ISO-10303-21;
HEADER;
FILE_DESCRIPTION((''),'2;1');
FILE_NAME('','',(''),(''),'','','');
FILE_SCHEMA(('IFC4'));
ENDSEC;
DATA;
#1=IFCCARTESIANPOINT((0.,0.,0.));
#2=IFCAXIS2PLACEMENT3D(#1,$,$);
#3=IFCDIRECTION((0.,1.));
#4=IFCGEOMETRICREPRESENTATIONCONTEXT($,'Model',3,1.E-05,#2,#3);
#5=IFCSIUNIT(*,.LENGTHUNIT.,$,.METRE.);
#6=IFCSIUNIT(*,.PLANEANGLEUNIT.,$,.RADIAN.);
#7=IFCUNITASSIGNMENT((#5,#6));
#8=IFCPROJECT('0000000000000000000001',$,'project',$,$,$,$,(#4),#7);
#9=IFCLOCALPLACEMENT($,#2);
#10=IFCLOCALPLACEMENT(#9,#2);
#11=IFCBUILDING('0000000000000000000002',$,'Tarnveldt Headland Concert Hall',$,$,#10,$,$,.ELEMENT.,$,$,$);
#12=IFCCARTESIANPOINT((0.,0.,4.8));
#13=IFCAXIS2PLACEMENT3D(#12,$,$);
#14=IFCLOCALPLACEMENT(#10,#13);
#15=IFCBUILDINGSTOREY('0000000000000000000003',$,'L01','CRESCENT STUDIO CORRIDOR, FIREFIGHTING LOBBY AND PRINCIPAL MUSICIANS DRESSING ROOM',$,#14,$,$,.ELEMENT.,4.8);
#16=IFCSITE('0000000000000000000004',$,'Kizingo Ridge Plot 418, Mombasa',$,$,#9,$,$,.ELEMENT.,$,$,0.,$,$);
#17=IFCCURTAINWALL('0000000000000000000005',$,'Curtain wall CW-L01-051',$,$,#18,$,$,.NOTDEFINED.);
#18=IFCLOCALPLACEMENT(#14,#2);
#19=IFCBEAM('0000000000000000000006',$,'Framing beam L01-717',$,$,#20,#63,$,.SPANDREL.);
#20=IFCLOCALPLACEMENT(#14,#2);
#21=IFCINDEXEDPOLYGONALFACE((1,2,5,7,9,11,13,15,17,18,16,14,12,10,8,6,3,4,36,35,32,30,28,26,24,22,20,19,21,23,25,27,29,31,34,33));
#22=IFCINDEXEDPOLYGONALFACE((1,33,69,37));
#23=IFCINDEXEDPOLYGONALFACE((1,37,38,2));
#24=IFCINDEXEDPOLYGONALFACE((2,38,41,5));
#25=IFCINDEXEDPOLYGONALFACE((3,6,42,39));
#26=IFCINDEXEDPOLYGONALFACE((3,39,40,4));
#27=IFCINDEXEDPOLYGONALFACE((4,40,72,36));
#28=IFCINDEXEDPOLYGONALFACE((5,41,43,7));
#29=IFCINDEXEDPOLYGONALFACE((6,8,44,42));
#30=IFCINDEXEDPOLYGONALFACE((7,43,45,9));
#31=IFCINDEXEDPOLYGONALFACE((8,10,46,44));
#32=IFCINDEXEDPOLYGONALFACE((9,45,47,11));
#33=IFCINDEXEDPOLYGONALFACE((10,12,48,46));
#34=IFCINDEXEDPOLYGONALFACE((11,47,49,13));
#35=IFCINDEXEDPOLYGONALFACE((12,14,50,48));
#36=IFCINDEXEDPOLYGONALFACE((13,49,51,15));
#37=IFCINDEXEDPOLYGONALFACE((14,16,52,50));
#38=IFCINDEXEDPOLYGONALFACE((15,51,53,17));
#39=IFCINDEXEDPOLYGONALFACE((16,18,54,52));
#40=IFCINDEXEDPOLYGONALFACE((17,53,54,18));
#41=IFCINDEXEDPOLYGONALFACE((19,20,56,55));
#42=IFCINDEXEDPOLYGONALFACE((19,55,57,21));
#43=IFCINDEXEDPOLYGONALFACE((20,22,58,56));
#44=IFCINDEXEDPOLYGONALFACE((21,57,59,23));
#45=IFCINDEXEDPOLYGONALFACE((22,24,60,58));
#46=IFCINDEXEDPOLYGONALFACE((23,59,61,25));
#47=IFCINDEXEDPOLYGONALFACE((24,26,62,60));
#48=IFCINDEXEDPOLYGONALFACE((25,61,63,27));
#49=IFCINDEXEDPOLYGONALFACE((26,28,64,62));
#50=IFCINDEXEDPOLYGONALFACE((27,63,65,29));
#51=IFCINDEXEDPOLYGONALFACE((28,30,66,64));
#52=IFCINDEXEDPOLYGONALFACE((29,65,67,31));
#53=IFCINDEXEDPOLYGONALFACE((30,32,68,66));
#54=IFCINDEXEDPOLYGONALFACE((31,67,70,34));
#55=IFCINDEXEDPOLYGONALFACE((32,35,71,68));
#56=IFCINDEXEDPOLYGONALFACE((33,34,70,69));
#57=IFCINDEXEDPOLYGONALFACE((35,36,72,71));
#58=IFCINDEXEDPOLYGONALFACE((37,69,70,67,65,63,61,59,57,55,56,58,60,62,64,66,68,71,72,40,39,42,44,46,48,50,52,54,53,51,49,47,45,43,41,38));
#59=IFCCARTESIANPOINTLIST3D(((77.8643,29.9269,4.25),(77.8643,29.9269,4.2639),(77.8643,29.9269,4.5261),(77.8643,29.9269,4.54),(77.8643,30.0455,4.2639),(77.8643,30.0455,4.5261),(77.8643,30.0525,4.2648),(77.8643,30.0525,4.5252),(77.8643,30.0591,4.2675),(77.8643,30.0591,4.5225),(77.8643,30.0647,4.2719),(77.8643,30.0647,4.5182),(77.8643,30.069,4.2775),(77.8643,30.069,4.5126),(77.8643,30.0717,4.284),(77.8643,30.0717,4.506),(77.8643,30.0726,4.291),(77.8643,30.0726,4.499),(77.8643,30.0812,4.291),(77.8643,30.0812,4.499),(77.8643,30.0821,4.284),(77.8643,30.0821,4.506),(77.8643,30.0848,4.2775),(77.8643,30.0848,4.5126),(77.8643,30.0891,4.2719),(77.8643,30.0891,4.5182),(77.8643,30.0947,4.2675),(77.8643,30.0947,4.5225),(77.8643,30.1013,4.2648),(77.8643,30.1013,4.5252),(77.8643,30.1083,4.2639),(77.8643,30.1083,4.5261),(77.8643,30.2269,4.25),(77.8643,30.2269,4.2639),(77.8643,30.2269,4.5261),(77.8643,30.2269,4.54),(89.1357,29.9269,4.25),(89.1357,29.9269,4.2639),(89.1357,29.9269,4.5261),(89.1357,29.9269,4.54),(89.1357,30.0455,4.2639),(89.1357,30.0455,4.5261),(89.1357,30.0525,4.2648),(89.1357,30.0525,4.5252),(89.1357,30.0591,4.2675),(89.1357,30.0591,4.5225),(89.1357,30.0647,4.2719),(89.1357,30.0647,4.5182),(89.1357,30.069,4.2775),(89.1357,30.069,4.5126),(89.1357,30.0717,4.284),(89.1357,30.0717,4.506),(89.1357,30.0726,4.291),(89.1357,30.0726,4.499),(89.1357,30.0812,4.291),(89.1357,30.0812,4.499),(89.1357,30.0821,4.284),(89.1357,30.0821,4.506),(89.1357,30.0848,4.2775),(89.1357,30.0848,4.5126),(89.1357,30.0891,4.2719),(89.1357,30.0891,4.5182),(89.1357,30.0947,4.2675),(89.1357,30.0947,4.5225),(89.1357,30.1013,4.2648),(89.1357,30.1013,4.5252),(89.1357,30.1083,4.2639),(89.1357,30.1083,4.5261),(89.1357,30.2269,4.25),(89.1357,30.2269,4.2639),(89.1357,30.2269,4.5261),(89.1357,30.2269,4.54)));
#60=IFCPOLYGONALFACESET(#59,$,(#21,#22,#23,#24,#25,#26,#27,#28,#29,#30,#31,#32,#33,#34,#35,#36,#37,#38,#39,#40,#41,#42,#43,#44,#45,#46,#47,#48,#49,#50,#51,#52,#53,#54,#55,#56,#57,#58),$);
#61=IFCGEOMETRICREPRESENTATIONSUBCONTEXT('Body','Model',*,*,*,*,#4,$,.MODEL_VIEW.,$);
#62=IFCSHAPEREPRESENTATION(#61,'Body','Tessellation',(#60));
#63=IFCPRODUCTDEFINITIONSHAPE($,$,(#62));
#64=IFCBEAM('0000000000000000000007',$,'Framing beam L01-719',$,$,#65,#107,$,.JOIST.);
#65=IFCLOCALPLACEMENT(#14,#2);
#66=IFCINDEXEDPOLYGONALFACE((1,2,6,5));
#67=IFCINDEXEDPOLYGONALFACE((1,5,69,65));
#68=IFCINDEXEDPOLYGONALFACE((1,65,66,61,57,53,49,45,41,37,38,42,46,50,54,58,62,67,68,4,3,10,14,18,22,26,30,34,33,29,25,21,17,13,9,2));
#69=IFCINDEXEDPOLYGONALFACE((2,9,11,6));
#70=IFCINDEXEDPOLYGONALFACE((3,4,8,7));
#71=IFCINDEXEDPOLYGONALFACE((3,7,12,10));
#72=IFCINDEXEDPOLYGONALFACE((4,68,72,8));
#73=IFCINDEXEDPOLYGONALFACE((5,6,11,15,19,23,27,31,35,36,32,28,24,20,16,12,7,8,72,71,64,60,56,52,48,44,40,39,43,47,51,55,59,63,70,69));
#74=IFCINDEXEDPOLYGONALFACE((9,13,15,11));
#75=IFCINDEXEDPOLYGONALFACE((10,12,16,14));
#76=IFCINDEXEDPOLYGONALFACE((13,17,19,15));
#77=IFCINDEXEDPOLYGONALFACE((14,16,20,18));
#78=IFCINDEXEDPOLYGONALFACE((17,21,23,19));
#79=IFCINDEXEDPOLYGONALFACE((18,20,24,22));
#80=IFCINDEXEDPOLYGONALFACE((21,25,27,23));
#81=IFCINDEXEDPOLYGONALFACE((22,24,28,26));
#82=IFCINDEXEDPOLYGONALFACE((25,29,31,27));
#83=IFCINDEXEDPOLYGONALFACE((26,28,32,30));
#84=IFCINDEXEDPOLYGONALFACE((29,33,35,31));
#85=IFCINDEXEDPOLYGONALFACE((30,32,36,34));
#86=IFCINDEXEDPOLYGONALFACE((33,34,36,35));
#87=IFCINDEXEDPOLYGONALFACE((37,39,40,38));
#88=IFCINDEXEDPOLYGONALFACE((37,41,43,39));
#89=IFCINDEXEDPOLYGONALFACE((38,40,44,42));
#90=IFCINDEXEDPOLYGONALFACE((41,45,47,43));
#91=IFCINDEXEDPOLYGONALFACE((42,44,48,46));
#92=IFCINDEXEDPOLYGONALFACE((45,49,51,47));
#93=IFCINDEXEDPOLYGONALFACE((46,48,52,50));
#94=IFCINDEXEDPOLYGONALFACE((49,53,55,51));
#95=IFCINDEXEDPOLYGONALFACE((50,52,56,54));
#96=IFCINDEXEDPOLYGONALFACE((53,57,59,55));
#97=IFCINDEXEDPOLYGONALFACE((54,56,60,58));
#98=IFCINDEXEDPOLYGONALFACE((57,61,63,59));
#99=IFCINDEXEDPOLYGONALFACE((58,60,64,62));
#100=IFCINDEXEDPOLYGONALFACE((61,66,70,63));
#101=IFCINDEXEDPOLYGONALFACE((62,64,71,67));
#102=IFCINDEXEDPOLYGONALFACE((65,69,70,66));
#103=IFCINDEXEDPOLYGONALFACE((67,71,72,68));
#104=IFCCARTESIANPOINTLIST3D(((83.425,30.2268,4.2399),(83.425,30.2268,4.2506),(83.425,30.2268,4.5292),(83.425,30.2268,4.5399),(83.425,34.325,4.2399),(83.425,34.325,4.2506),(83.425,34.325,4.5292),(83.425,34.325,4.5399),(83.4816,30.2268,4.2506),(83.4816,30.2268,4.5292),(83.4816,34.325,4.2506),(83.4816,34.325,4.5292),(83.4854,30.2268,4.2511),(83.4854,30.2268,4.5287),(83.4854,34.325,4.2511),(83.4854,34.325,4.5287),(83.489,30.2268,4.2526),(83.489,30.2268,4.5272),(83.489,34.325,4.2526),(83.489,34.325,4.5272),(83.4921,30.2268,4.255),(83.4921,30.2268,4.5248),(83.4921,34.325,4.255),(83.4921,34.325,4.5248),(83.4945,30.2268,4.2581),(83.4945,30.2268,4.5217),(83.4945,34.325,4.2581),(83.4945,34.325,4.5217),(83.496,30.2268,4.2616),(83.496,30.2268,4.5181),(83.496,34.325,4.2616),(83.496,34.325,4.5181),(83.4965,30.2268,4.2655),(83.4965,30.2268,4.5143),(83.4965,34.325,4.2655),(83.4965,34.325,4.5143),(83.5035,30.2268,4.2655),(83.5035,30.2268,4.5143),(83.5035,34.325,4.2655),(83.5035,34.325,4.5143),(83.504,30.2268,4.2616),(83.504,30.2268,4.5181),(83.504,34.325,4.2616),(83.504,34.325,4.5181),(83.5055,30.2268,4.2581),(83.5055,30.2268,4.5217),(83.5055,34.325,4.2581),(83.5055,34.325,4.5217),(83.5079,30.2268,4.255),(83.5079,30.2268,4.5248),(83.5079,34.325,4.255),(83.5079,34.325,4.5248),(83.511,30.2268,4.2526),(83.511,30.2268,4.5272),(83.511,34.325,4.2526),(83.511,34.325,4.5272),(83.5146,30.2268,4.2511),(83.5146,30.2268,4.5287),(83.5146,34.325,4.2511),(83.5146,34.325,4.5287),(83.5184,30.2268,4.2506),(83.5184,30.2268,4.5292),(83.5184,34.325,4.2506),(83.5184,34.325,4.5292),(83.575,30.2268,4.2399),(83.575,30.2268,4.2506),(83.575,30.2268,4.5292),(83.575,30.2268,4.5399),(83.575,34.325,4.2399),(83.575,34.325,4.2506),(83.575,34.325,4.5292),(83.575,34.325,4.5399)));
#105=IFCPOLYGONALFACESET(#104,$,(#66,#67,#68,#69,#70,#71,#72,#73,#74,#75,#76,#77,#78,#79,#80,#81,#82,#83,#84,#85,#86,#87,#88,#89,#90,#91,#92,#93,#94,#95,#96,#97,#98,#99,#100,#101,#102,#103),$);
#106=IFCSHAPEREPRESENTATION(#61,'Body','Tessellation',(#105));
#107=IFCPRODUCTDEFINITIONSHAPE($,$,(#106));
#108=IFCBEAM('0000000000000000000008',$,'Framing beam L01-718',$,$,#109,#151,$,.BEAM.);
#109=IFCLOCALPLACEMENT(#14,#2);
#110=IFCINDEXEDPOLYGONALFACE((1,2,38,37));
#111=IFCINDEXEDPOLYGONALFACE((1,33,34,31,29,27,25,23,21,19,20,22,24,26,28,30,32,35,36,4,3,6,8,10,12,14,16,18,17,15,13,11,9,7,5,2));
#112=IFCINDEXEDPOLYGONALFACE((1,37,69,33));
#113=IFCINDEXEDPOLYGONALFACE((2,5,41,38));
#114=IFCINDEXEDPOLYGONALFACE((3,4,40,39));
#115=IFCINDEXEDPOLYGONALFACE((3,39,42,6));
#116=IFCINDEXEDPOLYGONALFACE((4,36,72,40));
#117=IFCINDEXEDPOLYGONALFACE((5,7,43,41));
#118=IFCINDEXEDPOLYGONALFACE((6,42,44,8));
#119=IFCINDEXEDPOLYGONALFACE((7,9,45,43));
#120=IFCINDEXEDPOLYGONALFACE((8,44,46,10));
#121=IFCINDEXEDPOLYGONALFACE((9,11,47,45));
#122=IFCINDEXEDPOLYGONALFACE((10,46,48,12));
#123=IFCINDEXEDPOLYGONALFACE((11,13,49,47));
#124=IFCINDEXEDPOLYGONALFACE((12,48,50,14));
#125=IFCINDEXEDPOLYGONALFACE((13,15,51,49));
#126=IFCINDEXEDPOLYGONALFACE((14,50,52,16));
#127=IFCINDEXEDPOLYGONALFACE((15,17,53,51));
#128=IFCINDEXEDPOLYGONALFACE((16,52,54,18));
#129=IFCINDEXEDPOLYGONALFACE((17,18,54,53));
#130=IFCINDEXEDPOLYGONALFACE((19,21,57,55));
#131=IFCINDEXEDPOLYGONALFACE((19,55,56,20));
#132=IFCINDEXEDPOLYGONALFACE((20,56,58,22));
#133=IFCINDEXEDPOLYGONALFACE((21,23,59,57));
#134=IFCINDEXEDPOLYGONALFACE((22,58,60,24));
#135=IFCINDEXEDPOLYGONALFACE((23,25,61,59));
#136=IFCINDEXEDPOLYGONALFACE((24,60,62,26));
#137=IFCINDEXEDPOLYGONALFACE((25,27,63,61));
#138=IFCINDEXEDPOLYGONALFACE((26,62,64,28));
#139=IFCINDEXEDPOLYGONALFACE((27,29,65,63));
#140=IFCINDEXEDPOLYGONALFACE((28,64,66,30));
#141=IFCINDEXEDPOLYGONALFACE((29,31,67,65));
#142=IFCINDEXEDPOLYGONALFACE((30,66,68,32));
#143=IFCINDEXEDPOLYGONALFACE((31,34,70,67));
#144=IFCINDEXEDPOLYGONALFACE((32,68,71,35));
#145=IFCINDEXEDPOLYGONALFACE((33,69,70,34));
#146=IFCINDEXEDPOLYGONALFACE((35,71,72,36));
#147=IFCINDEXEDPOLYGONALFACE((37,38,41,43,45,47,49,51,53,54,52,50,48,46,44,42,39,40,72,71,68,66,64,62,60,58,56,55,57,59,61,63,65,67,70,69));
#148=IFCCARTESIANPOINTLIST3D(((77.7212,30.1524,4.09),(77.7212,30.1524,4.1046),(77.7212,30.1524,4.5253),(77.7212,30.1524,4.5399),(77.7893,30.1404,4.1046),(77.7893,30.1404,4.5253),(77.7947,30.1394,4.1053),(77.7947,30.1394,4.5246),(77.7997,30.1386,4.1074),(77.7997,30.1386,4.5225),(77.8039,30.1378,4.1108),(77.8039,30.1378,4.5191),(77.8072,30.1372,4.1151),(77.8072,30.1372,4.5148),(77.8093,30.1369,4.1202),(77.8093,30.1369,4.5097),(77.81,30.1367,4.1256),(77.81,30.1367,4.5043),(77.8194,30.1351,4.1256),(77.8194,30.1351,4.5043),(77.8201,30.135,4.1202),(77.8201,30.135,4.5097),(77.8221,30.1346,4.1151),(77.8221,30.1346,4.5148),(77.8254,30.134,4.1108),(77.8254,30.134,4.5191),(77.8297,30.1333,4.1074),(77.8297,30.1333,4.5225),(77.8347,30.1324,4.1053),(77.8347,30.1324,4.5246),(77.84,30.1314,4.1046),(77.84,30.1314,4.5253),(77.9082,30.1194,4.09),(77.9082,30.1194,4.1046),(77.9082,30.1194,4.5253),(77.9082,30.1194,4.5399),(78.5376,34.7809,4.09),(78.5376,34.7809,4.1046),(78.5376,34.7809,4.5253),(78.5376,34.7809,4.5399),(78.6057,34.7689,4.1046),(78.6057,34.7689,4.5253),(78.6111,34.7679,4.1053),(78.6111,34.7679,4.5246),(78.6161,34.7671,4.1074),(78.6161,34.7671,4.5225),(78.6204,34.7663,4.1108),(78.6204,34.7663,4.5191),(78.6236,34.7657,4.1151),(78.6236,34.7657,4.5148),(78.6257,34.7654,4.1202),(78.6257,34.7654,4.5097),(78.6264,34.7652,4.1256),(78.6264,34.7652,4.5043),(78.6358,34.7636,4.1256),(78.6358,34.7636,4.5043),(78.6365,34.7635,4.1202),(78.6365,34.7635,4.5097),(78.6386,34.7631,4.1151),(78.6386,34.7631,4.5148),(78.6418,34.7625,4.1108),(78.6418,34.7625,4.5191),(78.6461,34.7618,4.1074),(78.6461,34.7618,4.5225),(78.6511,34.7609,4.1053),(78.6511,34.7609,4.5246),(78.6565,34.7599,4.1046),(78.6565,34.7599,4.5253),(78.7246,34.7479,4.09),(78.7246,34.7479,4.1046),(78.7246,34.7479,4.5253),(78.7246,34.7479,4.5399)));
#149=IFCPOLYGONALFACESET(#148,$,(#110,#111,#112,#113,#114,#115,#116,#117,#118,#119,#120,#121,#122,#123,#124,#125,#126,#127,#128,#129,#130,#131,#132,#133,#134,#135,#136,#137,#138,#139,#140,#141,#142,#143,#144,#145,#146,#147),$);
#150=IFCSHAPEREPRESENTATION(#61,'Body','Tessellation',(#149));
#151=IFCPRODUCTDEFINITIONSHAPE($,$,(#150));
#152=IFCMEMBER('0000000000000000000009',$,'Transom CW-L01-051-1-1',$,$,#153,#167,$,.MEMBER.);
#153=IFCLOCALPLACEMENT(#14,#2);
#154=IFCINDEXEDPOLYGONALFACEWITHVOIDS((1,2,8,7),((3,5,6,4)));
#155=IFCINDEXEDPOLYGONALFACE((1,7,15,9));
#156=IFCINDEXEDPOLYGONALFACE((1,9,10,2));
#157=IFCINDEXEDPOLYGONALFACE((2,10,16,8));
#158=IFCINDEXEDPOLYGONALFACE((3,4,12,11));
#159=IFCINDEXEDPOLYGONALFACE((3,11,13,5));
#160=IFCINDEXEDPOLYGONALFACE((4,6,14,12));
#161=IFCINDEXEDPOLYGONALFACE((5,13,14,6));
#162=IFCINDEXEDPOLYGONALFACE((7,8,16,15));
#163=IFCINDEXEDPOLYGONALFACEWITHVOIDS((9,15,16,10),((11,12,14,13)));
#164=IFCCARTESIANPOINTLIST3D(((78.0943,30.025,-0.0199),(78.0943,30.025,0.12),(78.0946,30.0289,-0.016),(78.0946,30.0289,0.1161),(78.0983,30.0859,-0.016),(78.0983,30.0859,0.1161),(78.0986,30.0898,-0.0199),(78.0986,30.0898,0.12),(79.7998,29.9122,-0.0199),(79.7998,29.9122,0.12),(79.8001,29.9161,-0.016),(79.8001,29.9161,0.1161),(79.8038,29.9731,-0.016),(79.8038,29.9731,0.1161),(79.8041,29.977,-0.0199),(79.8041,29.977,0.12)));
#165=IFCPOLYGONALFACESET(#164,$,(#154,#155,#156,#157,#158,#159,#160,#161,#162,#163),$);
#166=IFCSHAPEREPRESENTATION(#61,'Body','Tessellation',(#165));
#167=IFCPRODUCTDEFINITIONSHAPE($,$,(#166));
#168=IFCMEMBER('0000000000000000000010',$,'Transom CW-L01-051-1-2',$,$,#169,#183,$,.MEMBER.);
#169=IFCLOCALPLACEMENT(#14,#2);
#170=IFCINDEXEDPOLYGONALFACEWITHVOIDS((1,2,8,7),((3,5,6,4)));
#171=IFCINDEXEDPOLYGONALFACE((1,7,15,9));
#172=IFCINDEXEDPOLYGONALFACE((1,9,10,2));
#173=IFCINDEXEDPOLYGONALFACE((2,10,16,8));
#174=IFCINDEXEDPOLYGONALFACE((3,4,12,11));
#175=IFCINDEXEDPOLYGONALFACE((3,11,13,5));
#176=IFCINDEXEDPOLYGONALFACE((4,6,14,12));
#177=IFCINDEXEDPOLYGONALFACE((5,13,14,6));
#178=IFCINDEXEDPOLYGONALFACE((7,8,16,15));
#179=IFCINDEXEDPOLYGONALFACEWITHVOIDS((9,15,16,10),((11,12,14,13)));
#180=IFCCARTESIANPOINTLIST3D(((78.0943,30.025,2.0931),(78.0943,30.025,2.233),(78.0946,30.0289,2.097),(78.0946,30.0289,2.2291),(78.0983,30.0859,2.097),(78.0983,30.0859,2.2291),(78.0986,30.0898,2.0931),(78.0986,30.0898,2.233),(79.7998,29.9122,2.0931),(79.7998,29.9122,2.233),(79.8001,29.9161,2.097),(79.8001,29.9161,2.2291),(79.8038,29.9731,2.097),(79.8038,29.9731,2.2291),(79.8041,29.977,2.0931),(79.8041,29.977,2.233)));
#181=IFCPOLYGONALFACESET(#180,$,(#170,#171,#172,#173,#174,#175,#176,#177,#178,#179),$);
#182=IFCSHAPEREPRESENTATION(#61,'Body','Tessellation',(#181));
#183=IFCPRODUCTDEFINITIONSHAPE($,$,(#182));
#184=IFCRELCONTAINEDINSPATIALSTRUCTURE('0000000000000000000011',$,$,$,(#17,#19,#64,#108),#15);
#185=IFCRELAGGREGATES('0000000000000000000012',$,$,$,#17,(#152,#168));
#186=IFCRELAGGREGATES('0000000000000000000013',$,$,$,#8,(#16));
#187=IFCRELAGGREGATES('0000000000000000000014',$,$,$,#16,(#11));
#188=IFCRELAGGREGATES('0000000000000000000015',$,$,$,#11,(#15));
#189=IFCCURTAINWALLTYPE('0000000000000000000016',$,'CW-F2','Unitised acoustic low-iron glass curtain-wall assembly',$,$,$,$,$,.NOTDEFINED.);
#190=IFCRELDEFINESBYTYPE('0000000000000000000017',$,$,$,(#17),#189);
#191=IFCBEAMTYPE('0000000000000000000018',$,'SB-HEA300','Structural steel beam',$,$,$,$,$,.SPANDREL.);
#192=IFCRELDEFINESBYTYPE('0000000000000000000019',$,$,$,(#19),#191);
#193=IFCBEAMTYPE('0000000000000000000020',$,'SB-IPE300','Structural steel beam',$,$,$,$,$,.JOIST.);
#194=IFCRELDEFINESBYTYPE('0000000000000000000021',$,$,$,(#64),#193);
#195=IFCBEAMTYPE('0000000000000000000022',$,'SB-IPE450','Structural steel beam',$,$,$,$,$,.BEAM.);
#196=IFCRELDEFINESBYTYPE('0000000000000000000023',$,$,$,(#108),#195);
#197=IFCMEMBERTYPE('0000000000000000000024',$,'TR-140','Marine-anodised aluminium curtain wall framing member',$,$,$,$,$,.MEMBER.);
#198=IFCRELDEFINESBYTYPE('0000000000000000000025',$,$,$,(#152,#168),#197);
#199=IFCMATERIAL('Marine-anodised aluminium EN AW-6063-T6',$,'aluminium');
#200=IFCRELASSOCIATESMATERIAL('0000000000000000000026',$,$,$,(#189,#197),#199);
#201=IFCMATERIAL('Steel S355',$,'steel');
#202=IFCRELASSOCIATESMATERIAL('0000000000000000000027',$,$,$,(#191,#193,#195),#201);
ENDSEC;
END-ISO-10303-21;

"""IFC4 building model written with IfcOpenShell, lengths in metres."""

from ifc_helpers import new_model, si_unit, direction, frame, origin, origin_2d, place, context, subcontext, project, spatial, hollow_rectangle, i_section, extrude, material, material_profile, profile_set, type_object, element, aggregate, save


model = new_model("IFC4")

# Units and contexts
model_context = context("Model", 3, precision=1e-05, world=origin(), true_north=direction((0.0, 1.0)))
body_context = subcontext(model_context, "Body", "Model", "MODEL_VIEW")
ifc_project = project(units=[si_unit("LENGTHUNIT", "METRE"), si_unit("PLANEANGLEUNIT", "RADIAN")], contexts=[model_context])

# Site, building, storey
site_placement = place(None, origin())
site = spatial("IfcSite", under=ifc_project, at=site_placement, Name="Kizingo Ridge Plot 418, Mombasa", CompositionType="ELEMENT", RefElevation=0.0)
building_placement = place(site_placement, origin())
building = spatial("IfcBuilding", under=site, at=building_placement, Name="Tarnveldt Headland Concert Hall", CompositionType="ELEMENT")
storey_placement = place(building_placement, frame((0.0, 0.0, 4.8)))
storey = spatial("IfcBuildingStorey", under=building, at=storey_placement, Name="L01", Description="CRESCENT STUDIO CORRIDOR, FIREFIGHTING LOBBY AND PRINCIPAL MUSICIANS DRESSING ROOM", CompositionType="ELEMENT", Elevation=4.8)

# Shared definitions
ifc_material_1 = material(Name="Steel S355", Category="steel")

# Shared definitions
ifc_material_2 = material(Name="Marine-anodised aluminium EN AW-6063-T6", Category="aluminium")
curtain_wall_type = type_object("IfcCurtainWallType", Name="CW-F2", Description="Unitised acoustic low-iron glass curtain-wall assembly", PredefinedType="NOTDEFINED", material=ifc_material_2)

# Curtain wall
curtain_wall_1_placement = place(storey_placement, origin())
curtain_wall_1 = element("IfcCurtainWall", 1, at=curtain_wall_1_placement, inside=storey, type_object=curtain_wall_type, Name="Curtain wall CW-L01-051", PredefinedType="NOTDEFINED")

# Beams
ifc_material_profile_1 = material_profile(ifc_material_1, i_section(OverallWidth=0.3, OverallDepth=0.29, WebThickness=0.0085, FlangeThickness=0.0139, FilletRadius=0.0271, at=origin_2d()), Name="HEA300", Category="steel")
ifc_profile_set_1 = profile_set([ifc_material_profile_1], Name="Steel S355")
beam_type_1 = type_object("IfcBeamType", Name="SB-HEA300", Description="Structural steel beam", PredefinedType="SPANDREL", material=ifc_profile_set_1)
beam_1_placement = place(storey_placement, frame((77.8643, 30.0769, 4.395), z_axis=(1.0, 0.0, 0.0), x_axis=(0.0, 1.0, 0.0)))
element("IfcBeam", 2, at=beam_1_placement, inside=storey, type_object=beam_type_1, Name="Framing beam L01-717", PredefinedType="SPANDREL", context=body_context, shape_type="SweptSolid", body=[
    extrude(i_section(OverallWidth=0.3, OverallDepth=0.29, WebThickness=0.0085, FlangeThickness=0.0139, FilletRadius=0.0271, at=origin_2d()), origin(), (0.0, 0.0, 1.0), 11.2715),
])
ifc_material_profile_2 = material_profile(ifc_material_1, i_section(OverallWidth=0.1499, OverallDepth=0.3, WebThickness=0.0071, FlangeThickness=0.0107, FilletRadius=0.0149, at=origin_2d()), Name="IPE300", Category="steel")
ifc_profile_set_2 = profile_set([ifc_material_profile_2], Name="Steel S355")
beam_type_2 = type_object("IfcBeamType", Name="SB-IPE300", Description="Structural steel beam", PredefinedType="JOIST", material=ifc_profile_set_2)
beam_2_placement = place(storey_placement, frame((83.5, 34.325, 4.3899), z_axis=(0.0, -1.0, 0.0), x_axis=(1.0, 0.0, 0.0)))
element("IfcBeam", 3, at=beam_2_placement, inside=storey, type_object=beam_type_2, Name="Framing beam L01-719", PredefinedType="JOIST", context=body_context, shape_type="SweptSolid", body=[
    extrude(i_section(OverallWidth=0.1499, OverallDepth=0.3, WebThickness=0.0071, FlangeThickness=0.0107, FilletRadius=0.0149, at=origin_2d()), origin(), (0.0, 0.0, 1.0), 4.0981),
])
ifc_material_profile_3 = material_profile(ifc_material_1, i_section(OverallWidth=0.1899, OverallDepth=0.45, WebThickness=0.0095, FlangeThickness=0.0146, FilletRadius=0.021, at=origin_2d()), Name="IPE450", Category="steel")
ifc_profile_set_3 = profile_set([ifc_material_profile_3], Name="Steel S355")
beam_type_3 = type_object("IfcBeamType", Name="SB-IPE450", Description="Structural steel beam", PredefinedType="BEAM", material=ifc_profile_set_3)
beam_3_placement = place(storey_placement, frame((78.6311, 34.7644, 4.3149), z_axis=(-0.173708, -0.984797, 0.0), x_axis=(0.984797, -0.173708, 0.0)))
element("IfcBeam", 4, at=beam_3_placement, inside=storey, type_object=beam_type_3, Name="Framing beam L01-718", PredefinedType="BEAM", context=body_context, shape_type="SweptSolid", body=[
    extrude(i_section(OverallWidth=0.1899, OverallDepth=0.45, WebThickness=0.0095, FlangeThickness=0.0146, FilletRadius=0.021, at=origin_2d()), origin(), (0.0, 0.0, 1.0), 4.7),
])

# Members
ifc_material_profile_4 = material_profile(ifc_material_2, hollow_rectangle(XDim=0.0649, YDim=0.1399, WallThickness=0.0039, at=origin_2d()), Name="ALU TRANSOM 65x140x4", Category="aluminium")
ifc_profile_set_4 = profile_set([ifc_material_profile_4], Name="Marine-anodised aluminium EN AW-6063-T6")
member_type_1 = type_object("IfcMemberType", Name="TR-140", Description="Marine-anodised aluminium curtain wall framing member", PredefinedType="MEMBER", material=ifc_profile_set_4)
member_1_placement = place(storey_placement, frame((78.0964, 30.0574, 0.05), z_axis=(0.99782, -0.065988, 0.0), x_axis=(0.065988, 0.99782, 0.0)))
member_1 = element("IfcMember", 5, at=member_1_placement, type_object=member_type_1, Name="Transom CW-L01-051-1-1", PredefinedType="MEMBER", context=body_context, shape_type="SweptSolid", body=[
    extrude(hollow_rectangle(XDim=0.0649, YDim=0.1399, WallThickness=0.0039, at=origin_2d()), origin(), (0.0, 0.0, 1.0), 1.7092),
])
member_2_placement = place(storey_placement, frame((78.0964, 30.0574, 2.1631), z_axis=(0.99782, -0.065988, 0.0), x_axis=(0.065988, 0.99782, 0.0)))
member_2 = element("IfcMember", 6, at=member_2_placement, type_object=member_type_1, Name="Transom CW-L01-051-1-2", PredefinedType="MEMBER", context=body_context, shape_type="SweptSolid", body=[
    extrude(hollow_rectangle(XDim=0.0649, YDim=0.1399, WallThickness=0.0039, at=origin_2d()), origin(), (0.0, 0.0, 1.0), 1.7092),
])

aggregate(curtain_wall_1, [member_1, member_2])

save(model, "model.ifc")
